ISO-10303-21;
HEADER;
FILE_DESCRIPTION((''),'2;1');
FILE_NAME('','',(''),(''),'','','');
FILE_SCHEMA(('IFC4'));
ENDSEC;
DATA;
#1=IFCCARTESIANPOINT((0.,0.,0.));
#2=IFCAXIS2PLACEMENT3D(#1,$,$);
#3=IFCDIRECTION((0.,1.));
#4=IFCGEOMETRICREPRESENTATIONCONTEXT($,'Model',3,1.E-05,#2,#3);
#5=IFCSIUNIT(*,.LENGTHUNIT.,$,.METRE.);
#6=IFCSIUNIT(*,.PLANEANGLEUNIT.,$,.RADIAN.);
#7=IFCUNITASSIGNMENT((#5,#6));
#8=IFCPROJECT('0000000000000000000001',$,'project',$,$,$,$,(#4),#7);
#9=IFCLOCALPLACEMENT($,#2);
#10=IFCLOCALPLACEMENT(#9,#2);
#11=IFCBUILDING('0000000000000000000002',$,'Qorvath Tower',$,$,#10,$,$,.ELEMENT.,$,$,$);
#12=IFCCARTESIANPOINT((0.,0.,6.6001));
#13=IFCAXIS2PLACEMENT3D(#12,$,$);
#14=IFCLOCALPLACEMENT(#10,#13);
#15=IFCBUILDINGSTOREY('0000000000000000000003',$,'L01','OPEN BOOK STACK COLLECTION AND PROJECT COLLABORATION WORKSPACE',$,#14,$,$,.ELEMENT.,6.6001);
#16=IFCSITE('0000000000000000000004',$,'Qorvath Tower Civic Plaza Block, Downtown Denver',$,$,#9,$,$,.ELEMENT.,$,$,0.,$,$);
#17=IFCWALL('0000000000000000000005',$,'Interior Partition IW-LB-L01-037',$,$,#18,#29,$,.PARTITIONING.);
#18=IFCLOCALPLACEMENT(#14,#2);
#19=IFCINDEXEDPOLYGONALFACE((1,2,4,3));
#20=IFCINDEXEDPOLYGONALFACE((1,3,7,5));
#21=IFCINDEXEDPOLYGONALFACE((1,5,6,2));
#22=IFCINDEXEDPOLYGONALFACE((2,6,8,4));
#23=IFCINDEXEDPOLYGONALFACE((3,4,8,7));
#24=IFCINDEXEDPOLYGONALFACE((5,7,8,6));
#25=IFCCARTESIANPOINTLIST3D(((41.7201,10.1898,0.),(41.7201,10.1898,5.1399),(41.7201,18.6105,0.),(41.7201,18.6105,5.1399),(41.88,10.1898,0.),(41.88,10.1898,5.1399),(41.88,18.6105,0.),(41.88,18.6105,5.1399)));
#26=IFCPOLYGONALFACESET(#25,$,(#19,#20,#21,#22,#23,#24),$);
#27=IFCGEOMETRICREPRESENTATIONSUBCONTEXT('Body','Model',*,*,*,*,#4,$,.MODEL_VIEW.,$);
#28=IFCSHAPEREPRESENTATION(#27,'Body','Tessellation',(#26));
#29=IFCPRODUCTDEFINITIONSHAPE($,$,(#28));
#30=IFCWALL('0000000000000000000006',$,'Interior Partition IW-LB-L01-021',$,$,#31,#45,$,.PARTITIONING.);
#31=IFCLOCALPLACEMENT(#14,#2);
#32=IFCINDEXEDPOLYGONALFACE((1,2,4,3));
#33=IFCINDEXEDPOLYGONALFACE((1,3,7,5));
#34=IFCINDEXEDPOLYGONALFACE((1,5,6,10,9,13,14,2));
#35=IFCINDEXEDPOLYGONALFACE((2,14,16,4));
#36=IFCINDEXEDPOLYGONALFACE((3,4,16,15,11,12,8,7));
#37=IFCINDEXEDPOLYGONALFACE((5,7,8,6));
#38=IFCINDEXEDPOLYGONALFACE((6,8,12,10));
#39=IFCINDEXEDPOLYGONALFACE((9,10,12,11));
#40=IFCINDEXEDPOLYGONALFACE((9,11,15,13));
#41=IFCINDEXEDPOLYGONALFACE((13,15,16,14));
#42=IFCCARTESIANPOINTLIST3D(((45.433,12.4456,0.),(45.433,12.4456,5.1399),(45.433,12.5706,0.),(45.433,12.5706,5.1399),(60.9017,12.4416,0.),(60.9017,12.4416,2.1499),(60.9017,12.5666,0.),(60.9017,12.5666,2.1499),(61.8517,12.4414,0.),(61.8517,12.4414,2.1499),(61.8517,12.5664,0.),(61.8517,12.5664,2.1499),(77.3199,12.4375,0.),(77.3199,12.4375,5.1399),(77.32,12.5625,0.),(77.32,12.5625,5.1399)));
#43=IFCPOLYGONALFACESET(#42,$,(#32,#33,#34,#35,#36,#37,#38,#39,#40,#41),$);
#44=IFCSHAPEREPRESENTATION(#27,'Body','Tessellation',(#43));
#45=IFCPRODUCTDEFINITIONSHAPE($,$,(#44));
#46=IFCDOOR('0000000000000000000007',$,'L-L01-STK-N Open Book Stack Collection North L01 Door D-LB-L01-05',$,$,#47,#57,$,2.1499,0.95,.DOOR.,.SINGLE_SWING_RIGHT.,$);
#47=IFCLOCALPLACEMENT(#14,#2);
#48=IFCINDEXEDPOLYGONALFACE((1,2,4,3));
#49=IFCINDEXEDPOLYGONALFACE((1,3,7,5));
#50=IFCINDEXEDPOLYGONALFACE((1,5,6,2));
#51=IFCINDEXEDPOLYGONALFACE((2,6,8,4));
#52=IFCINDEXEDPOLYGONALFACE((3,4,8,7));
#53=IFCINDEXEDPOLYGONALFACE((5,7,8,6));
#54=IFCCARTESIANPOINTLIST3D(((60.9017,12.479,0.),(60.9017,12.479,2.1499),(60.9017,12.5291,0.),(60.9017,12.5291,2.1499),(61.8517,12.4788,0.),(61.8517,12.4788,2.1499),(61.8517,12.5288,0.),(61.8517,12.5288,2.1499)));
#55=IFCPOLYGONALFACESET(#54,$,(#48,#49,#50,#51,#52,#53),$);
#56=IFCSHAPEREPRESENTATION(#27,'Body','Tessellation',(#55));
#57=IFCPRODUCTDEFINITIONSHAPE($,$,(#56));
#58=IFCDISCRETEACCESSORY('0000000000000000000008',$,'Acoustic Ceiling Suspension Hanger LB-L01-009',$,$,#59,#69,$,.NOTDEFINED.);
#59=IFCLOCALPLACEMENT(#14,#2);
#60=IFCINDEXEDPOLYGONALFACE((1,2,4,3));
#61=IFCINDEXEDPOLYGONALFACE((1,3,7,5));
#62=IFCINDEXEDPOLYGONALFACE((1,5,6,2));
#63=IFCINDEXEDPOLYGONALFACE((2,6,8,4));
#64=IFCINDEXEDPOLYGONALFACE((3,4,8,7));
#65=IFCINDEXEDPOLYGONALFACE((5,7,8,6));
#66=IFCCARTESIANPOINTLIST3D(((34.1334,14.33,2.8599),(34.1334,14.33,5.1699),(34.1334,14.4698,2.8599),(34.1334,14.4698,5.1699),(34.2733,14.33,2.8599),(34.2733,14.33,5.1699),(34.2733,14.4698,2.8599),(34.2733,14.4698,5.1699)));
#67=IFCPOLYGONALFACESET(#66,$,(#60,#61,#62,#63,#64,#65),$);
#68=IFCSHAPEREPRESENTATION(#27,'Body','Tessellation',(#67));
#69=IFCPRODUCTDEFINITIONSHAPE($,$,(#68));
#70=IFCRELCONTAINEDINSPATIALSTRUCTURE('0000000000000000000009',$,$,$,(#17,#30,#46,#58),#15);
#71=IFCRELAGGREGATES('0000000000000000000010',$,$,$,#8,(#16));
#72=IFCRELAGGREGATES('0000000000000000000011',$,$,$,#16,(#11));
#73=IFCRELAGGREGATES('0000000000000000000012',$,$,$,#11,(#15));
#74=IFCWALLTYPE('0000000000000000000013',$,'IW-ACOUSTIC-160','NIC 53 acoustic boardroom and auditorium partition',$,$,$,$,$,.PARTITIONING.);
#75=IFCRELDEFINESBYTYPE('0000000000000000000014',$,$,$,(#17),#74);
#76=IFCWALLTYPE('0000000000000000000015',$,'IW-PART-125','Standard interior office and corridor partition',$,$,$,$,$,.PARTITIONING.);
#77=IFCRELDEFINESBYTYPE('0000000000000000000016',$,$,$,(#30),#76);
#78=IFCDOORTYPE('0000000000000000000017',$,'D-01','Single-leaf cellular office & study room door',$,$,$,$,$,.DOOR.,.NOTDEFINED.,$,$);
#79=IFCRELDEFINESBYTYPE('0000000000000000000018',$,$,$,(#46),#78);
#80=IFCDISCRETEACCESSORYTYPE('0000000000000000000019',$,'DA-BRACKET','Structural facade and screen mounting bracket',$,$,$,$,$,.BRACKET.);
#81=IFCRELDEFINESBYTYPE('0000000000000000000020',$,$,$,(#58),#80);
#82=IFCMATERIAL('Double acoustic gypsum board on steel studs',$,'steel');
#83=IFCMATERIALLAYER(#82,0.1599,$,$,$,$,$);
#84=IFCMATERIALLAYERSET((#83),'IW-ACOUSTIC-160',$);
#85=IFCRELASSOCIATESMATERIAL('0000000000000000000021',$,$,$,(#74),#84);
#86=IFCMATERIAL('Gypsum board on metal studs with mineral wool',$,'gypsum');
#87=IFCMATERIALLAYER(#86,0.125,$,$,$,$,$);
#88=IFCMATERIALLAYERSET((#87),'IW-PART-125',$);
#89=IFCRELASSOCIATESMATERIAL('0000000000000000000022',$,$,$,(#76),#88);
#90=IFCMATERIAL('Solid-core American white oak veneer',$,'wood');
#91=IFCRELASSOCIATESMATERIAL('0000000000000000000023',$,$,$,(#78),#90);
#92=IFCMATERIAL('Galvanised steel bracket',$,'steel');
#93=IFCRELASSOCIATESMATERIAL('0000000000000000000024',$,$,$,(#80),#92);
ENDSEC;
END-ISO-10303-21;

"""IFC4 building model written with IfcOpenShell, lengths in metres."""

from ifc_helpers import new_model, si_unit, direction, frame, frame_2d, origin, origin_2d, place, context, subcontext, project, spatial, rectangle, extrude, material, layer, layer_set, type_object, element, fill, save


model = new_model("IFC4")

# Units and contexts
model_context = context("Model", 3, precision=1e-05, world=origin(), true_north=direction((0.0, 1.0)))
body_context = subcontext(model_context, "Body", "Model", "MODEL_VIEW")
ifc_project = project(units=[si_unit("LENGTHUNIT", "METRE"), si_unit("PLANEANGLEUNIT", "RADIAN")], contexts=[model_context])

# Site, building, storey
site_placement = place(None, origin())
site = spatial("IfcSite", under=ifc_project, at=site_placement, Name="Qorvath Tower Civic Plaza Block, Downtown Denver", CompositionType="ELEMENT", RefElevation=0.0)
building_placement = place(site_placement, origin())
building = spatial("IfcBuilding", under=site, at=building_placement, Name="Qorvath Tower", CompositionType="ELEMENT")
storey_placement = place(building_placement, frame((0.0, 0.0, 6.6001)))
storey = spatial("IfcBuildingStorey", under=building, at=storey_placement, Name="L01", Description="OPEN BOOK STACK COLLECTION AND PROJECT COLLABORATION WORKSPACE", CompositionType="ELEMENT", Elevation=6.6001)

# Wall
ifc_material_1 = material(Name="Double acoustic gypsum board on steel studs", Category="steel")
ifc_layer_1 = layer(ifc_material_1, 0.1599)
ifc_layer_set_1 = layer_set([ifc_layer_1], Name="IW-ACOUSTIC-160")
wall_type_1 = type_object("IfcWallType", Name="IW-ACOUSTIC-160", Description="NIC 53 acoustic boardroom and auditorium partition", PredefinedType="PARTITIONING", material=ifc_layer_set_1)
wall_1_placement = place(storey_placement, frame((41.8, 10.1897, 0.0), z_axis=(0.0, 0.0, 1.0), x_axis=(0.0, 1.0, 0.0)))
element("IfcWall", 1, at=wall_1_placement, inside=storey, type_object=wall_type_1, Name="Interior Partition IW-LB-L01-037", PredefinedType="PARTITIONING", context=body_context, shape_type="SweptSolid", body=[
    extrude(rectangle(XDim=8.4207, YDim=0.1599, at=frame_2d((4.2104, 0.0))), origin(), (0.0, 0.0, 1.0), 5.1399),
])

# Wall, opening, door
ifc_material_2 = material(Name="Gypsum board on metal studs with mineral wool", Category="gypsum")
ifc_layer_2 = layer(ifc_material_2, 0.125)
ifc_layer_set_2 = layer_set([ifc_layer_2], Name="IW-PART-125")
wall_type_2 = type_object("IfcWallType", Name="IW-PART-125", Description="Standard interior office and corridor partition", PredefinedType="PARTITIONING", material=ifc_layer_set_2)
wall_2_placement = place(storey_placement, frame((45.4331, 12.5081, 0.0), z_axis=(0.0, 0.0, 1.0), x_axis=(1.0, -0.000253, 0.0)))
wall_2 = element("IfcWall", 2, at=wall_2_placement, inside=storey, type_object=wall_type_2, Name="Interior Partition IW-LB-L01-021", PredefinedType="PARTITIONING", context=body_context, shape_type="SweptSolid", body=[
    extrude(rectangle(XDim=31.887, YDim=0.125, at=frame_2d((15.9434, 0.0))), origin(), (0.0, 0.0, 1.0), 5.1399),
])
opening_placement = place(wall_2_placement, frame((15.4685, 0.0, 0.0)))
opening = element("IfcOpeningElement", 3, at=opening_placement, cuts=wall_2, PredefinedType="OPENING", context=body_context, shape_type="SweptSolid", body=[
    extrude(rectangle(XDim=0.95, YDim=2.1499, at=frame_2d((0.4751, 1.075))), frame((0.0, 0.0725, 0.0), z_axis=(0.0, -1.0, 0.0), x_axis=(1.0, 0.0, 0.0)), (0.0, 0.0, 1.0), 0.145),
])
ifc_material_3 = material(Name="Solid-core American white oak veneer", Category="wood")
door_type = type_object("IfcDoorType", Name="D-01", Description="Single-leaf cellular office & study room door", OperationType="NOTDEFINED", PredefinedType="DOOR", material=ifc_material_3)
door_placement = place(opening_placement, origin())
door = element("IfcDoor", 4, at=door_placement, inside=storey, type_object=door_type, Name="L-L01-STK-N Open Book Stack Collection North L01 Door D-LB-L01-05", OperationType="SINGLE_SWING_RIGHT", OverallHeight=2.1499, OverallWidth=0.95, PredefinedType="DOOR", context=body_context, shape_type="SweptSolid", body=[
    extrude(rectangle(XDim=0.95, YDim=2.1499, at=frame_2d((0.4751, 1.075))), frame((0.0, 0.0249, 0.0), z_axis=(0.0, -1.0, 0.0), x_axis=(1.0, 0.0, 0.0)), (0.0, 0.0, 1.0), 0.05),
])
fill(opening, door)

# Discrete accessory
ifc_material_4 = material(Name="Galvanised steel bracket", Category="steel")
discrete_accessory_type = type_object("IfcDiscreteAccessoryType", Name="DA-BRACKET", Description="Structural facade and screen mounting bracket", PredefinedType="BRACKET", material=ifc_material_4)
discrete_accessory_placement = place(storey_placement, frame((34.2034, 14.3999, 2.8599), z_axis=(0.0, 0.0, 1.0), x_axis=(1.0, 0.0, 0.0)))
element("IfcDiscreteAccessory", 5, at=discrete_accessory_placement, inside=storey, type_object=discrete_accessory_type, Name="Acoustic Ceiling Suspension Hanger LB-L01-009", PredefinedType="NOTDEFINED", context=body_context, shape_type="SweptSolid", body=[
    extrude(rectangle(XDim=0.1399, YDim=0.1399, at=origin_2d()), origin(), (0.0, 0.0, 1.0), 2.3101),
])

save(model, "model.ifc")
